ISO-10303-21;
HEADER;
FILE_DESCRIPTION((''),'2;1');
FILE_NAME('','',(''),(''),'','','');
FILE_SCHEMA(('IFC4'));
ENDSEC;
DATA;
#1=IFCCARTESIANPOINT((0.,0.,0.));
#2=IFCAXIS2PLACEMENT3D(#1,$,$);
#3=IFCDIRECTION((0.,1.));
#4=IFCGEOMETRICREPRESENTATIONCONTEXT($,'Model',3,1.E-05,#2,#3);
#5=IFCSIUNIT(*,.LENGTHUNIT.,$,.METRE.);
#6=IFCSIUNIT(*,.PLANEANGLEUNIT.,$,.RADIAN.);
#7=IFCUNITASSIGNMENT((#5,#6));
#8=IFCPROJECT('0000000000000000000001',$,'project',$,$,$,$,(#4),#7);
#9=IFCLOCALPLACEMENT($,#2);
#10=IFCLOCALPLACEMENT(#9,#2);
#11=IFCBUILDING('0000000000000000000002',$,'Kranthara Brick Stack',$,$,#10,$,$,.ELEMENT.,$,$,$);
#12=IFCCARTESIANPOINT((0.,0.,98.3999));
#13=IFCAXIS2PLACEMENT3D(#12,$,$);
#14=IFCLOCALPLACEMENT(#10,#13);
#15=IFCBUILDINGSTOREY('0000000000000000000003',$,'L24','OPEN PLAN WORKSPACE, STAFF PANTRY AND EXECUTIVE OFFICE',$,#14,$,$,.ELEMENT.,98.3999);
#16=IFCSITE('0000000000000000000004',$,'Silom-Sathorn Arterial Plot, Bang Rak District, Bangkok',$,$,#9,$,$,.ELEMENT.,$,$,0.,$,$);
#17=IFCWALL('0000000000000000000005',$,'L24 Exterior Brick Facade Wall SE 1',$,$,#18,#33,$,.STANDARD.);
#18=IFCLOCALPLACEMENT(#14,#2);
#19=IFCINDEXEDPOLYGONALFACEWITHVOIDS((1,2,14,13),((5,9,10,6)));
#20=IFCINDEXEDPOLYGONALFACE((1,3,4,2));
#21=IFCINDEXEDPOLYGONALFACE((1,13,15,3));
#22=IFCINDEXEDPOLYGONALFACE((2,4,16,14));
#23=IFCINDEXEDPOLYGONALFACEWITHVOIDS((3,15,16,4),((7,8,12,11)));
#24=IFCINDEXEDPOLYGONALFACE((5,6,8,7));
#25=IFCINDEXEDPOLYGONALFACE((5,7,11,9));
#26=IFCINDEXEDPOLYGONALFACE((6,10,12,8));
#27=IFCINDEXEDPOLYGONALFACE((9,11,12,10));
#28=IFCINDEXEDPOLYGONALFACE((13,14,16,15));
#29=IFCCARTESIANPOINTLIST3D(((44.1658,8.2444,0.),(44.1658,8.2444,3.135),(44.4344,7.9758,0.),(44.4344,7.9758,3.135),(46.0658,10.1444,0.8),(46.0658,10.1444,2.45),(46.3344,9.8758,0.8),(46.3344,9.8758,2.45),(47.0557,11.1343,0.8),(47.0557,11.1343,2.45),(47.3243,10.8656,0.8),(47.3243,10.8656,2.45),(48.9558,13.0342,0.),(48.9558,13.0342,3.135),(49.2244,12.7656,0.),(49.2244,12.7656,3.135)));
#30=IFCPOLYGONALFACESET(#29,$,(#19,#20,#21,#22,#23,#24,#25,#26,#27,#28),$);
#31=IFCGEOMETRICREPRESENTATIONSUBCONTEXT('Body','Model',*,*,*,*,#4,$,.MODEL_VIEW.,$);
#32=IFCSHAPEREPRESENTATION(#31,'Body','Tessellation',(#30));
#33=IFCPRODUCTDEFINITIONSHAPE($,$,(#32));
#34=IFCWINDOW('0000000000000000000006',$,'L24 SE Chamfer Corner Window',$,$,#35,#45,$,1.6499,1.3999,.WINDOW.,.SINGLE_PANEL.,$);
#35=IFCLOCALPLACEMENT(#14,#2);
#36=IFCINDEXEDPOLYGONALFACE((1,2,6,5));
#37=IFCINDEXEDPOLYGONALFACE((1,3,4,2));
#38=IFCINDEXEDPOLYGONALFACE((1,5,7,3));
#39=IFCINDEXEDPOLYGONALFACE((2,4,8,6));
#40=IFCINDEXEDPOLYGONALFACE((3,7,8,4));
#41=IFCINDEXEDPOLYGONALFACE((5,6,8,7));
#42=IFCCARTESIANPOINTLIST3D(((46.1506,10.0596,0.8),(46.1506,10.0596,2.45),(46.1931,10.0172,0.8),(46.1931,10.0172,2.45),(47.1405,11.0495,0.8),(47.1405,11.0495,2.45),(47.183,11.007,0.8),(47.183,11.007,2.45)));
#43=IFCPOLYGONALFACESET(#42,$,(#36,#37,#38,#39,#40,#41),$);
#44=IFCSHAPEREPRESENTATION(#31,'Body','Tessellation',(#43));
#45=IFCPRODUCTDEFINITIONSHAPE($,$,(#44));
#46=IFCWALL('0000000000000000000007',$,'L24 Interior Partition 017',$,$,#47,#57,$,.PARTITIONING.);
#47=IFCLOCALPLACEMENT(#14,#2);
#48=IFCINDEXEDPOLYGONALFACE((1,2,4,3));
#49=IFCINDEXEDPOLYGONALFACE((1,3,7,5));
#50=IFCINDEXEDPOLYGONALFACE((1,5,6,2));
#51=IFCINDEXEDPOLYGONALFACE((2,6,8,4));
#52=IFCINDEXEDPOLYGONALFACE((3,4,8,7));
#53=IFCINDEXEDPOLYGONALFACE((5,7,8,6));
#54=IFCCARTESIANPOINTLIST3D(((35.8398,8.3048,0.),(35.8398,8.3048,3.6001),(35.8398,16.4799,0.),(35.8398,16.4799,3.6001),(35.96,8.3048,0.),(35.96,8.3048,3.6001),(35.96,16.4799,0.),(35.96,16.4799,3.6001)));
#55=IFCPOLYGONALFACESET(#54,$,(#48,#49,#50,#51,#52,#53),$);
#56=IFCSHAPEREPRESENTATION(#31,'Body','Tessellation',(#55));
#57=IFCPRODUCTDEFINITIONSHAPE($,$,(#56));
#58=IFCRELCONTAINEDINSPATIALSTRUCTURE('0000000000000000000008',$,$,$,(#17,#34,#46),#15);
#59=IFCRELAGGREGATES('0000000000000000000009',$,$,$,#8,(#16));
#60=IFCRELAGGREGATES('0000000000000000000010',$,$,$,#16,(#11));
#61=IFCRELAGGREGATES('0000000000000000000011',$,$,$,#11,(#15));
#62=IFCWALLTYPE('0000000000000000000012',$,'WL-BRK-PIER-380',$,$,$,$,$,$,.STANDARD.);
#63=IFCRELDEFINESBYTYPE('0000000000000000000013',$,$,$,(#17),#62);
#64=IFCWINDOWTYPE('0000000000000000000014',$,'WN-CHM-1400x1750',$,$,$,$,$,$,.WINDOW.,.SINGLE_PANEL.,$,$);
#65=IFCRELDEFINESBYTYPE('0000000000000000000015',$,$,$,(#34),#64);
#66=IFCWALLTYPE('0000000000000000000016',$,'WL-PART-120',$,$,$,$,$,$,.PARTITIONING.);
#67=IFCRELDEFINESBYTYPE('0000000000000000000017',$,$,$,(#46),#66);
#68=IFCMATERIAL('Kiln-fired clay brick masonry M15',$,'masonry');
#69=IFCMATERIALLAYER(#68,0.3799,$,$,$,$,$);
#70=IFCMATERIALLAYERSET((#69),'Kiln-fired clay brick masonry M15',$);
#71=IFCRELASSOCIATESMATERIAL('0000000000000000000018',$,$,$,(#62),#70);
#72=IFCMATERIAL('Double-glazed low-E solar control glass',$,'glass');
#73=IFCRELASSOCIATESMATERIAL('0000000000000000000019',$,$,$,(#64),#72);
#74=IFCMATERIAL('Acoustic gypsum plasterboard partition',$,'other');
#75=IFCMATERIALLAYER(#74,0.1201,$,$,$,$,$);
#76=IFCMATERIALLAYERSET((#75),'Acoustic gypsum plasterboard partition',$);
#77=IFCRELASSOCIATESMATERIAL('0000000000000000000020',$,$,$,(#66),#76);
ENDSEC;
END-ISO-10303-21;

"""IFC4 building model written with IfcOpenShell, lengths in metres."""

from ifc_helpers import new_model, si_unit, direction, frame, frame_2d, origin, place, context, subcontext, project, spatial, rectangle, extrude, material, layer, layer_set, type_object, element, fill, save


model = new_model("IFC4")

# Units and contexts
model_context = context("Model", 3, precision=1e-05, world=origin(), true_north=direction((0.0, 1.0)))
body_context = subcontext(model_context, "Body", "Model", "MODEL_VIEW")
ifc_project = project(units=[si_unit("LENGTHUNIT", "METRE"), si_unit("PLANEANGLEUNIT", "RADIAN")], contexts=[model_context])

# Site, building, storey
site_placement = place(None, origin())
site = spatial("IfcSite", under=ifc_project, at=site_placement, Name="Silom-Sathorn Arterial Plot, Bang Rak District, Bangkok", CompositionType="ELEMENT", RefElevation=0.0)
building_placement = place(site_placement, origin())
building = spatial("IfcBuilding", under=site, at=building_placement, Name="Kranthara Brick Stack", CompositionType="ELEMENT")
storey_placement = place(building_placement, frame((0.0, 0.0, 98.3999)))
storey = spatial("IfcBuildingStorey", under=building, at=storey_placement, Name="L24", Description="OPEN PLAN WORKSPACE, STAFF PANTRY AND EXECUTIVE OFFICE", CompositionType="ELEMENT", Elevation=98.3999)

# Shared definitions
ifc_material_1 = material(Name="Kiln-fired clay brick masonry M15", Category="masonry")
ifc_layer_1 = layer(ifc_material_1, 0.3799)
ifc_layer_set_1 = layer_set([ifc_layer_1], Name="Kiln-fired clay brick masonry M15")
wall_type_1 = type_object("IfcWallType", Name="WL-BRK-PIER-380", PredefinedType="STANDARD", material=ifc_layer_set_1)

# Wall, opening, window
wall_1_placement = place(storey_placement, frame((49.0901, 12.8999, 0.0), z_axis=(0.0, 0.0, 1.0), x_axis=(-0.707125, -0.707089, 0.0)))
wall_1 = element("IfcWall", 1, at=wall_1_placement, inside=storey, type_object=wall_type_1, Name="L24 Exterior Brick Facade Wall SE 1", PredefinedType="STANDARD", context=body_context, shape_type="SweptSolid", body=[
    extrude(rectangle(XDim=6.7739, YDim=0.3799, at=frame_2d((3.387, 0.0))), origin(), (0.0, 0.0, 1.0), 3.135),
])
opening_1_placement = place(wall_1_placement, frame((2.687, 0.0, 0.8)))
opening_1 = element("IfcOpeningElement", 2, at=opening_1_placement, cuts=wall_1, PredefinedType="OPENING", context=body_context, shape_type="SweptSolid", body=[
    extrude(rectangle(XDim=1.3999, YDim=1.6499, at=frame_2d((0.7, 0.825))), frame((0.0, 0.2, 0.0), z_axis=(0.0, -1.0, 0.0), x_axis=(1.0, 0.0, 0.0)), (0.0, 0.0, 1.0), 0.3999),
])
ifc_material_2 = material(Name="Double-glazed low-E solar control glass", Category="glass")
window_type_1 = type_object("IfcWindowType", Name="WN-CHM-1400x1750", PartitioningType="SINGLE_PANEL", PredefinedType="WINDOW", material=ifc_material_2)
window_1_placement = place(opening_1_placement, origin())
window_1 = element("IfcWindow", 3, at=window_1_placement, inside=storey, type_object=window_type_1, Name="L24 SE Chamfer Corner Window", OverallHeight=1.6499, OverallWidth=1.3999, PartitioningType="SINGLE_PANEL", PredefinedType="WINDOW", context=body_context, shape_type="SweptSolid", body=[
    extrude(rectangle(XDim=1.3999, YDim=1.6499, at=frame_2d((0.7, 0.825))), frame((0.0, -0.01, 0.0), z_axis=(0.0, -1.0, 0.0), x_axis=(1.0, 0.0, 0.0)), (0.0, 0.0, 1.0), 0.0601),
])
fill(opening_1, window_1)

# Wall
ifc_material_3 = material(Name="Acoustic gypsum plasterboard partition", Category="other")
ifc_layer_2 = layer(ifc_material_3, 0.1201)
ifc_layer_set_2 = layer_set([ifc_layer_2], Name="Acoustic gypsum plasterboard partition")
wall_type_2 = type_object("IfcWallType", Name="WL-PART-120", PredefinedType="PARTITIONING", material=ifc_layer_set_2)
wall_2_placement = place(storey_placement, frame((35.8999, 8.3049, 0.0), z_axis=(0.0, 0.0, 1.0), x_axis=(0.0, 1.0, 0.0)))
element("IfcWall", 4, at=wall_2_placement, inside=storey, type_object=wall_type_2, Name="L24 Interior Partition 017", PredefinedType="PARTITIONING", context=body_context, shape_type="SweptSolid", body=[
    extrude(rectangle(XDim=8.175, YDim=0.1201, at=frame_2d((4.0874, 0.0))), origin(), (0.0, 0.0, 1.0), 3.6001),
])

save(model, "model.ifc")
